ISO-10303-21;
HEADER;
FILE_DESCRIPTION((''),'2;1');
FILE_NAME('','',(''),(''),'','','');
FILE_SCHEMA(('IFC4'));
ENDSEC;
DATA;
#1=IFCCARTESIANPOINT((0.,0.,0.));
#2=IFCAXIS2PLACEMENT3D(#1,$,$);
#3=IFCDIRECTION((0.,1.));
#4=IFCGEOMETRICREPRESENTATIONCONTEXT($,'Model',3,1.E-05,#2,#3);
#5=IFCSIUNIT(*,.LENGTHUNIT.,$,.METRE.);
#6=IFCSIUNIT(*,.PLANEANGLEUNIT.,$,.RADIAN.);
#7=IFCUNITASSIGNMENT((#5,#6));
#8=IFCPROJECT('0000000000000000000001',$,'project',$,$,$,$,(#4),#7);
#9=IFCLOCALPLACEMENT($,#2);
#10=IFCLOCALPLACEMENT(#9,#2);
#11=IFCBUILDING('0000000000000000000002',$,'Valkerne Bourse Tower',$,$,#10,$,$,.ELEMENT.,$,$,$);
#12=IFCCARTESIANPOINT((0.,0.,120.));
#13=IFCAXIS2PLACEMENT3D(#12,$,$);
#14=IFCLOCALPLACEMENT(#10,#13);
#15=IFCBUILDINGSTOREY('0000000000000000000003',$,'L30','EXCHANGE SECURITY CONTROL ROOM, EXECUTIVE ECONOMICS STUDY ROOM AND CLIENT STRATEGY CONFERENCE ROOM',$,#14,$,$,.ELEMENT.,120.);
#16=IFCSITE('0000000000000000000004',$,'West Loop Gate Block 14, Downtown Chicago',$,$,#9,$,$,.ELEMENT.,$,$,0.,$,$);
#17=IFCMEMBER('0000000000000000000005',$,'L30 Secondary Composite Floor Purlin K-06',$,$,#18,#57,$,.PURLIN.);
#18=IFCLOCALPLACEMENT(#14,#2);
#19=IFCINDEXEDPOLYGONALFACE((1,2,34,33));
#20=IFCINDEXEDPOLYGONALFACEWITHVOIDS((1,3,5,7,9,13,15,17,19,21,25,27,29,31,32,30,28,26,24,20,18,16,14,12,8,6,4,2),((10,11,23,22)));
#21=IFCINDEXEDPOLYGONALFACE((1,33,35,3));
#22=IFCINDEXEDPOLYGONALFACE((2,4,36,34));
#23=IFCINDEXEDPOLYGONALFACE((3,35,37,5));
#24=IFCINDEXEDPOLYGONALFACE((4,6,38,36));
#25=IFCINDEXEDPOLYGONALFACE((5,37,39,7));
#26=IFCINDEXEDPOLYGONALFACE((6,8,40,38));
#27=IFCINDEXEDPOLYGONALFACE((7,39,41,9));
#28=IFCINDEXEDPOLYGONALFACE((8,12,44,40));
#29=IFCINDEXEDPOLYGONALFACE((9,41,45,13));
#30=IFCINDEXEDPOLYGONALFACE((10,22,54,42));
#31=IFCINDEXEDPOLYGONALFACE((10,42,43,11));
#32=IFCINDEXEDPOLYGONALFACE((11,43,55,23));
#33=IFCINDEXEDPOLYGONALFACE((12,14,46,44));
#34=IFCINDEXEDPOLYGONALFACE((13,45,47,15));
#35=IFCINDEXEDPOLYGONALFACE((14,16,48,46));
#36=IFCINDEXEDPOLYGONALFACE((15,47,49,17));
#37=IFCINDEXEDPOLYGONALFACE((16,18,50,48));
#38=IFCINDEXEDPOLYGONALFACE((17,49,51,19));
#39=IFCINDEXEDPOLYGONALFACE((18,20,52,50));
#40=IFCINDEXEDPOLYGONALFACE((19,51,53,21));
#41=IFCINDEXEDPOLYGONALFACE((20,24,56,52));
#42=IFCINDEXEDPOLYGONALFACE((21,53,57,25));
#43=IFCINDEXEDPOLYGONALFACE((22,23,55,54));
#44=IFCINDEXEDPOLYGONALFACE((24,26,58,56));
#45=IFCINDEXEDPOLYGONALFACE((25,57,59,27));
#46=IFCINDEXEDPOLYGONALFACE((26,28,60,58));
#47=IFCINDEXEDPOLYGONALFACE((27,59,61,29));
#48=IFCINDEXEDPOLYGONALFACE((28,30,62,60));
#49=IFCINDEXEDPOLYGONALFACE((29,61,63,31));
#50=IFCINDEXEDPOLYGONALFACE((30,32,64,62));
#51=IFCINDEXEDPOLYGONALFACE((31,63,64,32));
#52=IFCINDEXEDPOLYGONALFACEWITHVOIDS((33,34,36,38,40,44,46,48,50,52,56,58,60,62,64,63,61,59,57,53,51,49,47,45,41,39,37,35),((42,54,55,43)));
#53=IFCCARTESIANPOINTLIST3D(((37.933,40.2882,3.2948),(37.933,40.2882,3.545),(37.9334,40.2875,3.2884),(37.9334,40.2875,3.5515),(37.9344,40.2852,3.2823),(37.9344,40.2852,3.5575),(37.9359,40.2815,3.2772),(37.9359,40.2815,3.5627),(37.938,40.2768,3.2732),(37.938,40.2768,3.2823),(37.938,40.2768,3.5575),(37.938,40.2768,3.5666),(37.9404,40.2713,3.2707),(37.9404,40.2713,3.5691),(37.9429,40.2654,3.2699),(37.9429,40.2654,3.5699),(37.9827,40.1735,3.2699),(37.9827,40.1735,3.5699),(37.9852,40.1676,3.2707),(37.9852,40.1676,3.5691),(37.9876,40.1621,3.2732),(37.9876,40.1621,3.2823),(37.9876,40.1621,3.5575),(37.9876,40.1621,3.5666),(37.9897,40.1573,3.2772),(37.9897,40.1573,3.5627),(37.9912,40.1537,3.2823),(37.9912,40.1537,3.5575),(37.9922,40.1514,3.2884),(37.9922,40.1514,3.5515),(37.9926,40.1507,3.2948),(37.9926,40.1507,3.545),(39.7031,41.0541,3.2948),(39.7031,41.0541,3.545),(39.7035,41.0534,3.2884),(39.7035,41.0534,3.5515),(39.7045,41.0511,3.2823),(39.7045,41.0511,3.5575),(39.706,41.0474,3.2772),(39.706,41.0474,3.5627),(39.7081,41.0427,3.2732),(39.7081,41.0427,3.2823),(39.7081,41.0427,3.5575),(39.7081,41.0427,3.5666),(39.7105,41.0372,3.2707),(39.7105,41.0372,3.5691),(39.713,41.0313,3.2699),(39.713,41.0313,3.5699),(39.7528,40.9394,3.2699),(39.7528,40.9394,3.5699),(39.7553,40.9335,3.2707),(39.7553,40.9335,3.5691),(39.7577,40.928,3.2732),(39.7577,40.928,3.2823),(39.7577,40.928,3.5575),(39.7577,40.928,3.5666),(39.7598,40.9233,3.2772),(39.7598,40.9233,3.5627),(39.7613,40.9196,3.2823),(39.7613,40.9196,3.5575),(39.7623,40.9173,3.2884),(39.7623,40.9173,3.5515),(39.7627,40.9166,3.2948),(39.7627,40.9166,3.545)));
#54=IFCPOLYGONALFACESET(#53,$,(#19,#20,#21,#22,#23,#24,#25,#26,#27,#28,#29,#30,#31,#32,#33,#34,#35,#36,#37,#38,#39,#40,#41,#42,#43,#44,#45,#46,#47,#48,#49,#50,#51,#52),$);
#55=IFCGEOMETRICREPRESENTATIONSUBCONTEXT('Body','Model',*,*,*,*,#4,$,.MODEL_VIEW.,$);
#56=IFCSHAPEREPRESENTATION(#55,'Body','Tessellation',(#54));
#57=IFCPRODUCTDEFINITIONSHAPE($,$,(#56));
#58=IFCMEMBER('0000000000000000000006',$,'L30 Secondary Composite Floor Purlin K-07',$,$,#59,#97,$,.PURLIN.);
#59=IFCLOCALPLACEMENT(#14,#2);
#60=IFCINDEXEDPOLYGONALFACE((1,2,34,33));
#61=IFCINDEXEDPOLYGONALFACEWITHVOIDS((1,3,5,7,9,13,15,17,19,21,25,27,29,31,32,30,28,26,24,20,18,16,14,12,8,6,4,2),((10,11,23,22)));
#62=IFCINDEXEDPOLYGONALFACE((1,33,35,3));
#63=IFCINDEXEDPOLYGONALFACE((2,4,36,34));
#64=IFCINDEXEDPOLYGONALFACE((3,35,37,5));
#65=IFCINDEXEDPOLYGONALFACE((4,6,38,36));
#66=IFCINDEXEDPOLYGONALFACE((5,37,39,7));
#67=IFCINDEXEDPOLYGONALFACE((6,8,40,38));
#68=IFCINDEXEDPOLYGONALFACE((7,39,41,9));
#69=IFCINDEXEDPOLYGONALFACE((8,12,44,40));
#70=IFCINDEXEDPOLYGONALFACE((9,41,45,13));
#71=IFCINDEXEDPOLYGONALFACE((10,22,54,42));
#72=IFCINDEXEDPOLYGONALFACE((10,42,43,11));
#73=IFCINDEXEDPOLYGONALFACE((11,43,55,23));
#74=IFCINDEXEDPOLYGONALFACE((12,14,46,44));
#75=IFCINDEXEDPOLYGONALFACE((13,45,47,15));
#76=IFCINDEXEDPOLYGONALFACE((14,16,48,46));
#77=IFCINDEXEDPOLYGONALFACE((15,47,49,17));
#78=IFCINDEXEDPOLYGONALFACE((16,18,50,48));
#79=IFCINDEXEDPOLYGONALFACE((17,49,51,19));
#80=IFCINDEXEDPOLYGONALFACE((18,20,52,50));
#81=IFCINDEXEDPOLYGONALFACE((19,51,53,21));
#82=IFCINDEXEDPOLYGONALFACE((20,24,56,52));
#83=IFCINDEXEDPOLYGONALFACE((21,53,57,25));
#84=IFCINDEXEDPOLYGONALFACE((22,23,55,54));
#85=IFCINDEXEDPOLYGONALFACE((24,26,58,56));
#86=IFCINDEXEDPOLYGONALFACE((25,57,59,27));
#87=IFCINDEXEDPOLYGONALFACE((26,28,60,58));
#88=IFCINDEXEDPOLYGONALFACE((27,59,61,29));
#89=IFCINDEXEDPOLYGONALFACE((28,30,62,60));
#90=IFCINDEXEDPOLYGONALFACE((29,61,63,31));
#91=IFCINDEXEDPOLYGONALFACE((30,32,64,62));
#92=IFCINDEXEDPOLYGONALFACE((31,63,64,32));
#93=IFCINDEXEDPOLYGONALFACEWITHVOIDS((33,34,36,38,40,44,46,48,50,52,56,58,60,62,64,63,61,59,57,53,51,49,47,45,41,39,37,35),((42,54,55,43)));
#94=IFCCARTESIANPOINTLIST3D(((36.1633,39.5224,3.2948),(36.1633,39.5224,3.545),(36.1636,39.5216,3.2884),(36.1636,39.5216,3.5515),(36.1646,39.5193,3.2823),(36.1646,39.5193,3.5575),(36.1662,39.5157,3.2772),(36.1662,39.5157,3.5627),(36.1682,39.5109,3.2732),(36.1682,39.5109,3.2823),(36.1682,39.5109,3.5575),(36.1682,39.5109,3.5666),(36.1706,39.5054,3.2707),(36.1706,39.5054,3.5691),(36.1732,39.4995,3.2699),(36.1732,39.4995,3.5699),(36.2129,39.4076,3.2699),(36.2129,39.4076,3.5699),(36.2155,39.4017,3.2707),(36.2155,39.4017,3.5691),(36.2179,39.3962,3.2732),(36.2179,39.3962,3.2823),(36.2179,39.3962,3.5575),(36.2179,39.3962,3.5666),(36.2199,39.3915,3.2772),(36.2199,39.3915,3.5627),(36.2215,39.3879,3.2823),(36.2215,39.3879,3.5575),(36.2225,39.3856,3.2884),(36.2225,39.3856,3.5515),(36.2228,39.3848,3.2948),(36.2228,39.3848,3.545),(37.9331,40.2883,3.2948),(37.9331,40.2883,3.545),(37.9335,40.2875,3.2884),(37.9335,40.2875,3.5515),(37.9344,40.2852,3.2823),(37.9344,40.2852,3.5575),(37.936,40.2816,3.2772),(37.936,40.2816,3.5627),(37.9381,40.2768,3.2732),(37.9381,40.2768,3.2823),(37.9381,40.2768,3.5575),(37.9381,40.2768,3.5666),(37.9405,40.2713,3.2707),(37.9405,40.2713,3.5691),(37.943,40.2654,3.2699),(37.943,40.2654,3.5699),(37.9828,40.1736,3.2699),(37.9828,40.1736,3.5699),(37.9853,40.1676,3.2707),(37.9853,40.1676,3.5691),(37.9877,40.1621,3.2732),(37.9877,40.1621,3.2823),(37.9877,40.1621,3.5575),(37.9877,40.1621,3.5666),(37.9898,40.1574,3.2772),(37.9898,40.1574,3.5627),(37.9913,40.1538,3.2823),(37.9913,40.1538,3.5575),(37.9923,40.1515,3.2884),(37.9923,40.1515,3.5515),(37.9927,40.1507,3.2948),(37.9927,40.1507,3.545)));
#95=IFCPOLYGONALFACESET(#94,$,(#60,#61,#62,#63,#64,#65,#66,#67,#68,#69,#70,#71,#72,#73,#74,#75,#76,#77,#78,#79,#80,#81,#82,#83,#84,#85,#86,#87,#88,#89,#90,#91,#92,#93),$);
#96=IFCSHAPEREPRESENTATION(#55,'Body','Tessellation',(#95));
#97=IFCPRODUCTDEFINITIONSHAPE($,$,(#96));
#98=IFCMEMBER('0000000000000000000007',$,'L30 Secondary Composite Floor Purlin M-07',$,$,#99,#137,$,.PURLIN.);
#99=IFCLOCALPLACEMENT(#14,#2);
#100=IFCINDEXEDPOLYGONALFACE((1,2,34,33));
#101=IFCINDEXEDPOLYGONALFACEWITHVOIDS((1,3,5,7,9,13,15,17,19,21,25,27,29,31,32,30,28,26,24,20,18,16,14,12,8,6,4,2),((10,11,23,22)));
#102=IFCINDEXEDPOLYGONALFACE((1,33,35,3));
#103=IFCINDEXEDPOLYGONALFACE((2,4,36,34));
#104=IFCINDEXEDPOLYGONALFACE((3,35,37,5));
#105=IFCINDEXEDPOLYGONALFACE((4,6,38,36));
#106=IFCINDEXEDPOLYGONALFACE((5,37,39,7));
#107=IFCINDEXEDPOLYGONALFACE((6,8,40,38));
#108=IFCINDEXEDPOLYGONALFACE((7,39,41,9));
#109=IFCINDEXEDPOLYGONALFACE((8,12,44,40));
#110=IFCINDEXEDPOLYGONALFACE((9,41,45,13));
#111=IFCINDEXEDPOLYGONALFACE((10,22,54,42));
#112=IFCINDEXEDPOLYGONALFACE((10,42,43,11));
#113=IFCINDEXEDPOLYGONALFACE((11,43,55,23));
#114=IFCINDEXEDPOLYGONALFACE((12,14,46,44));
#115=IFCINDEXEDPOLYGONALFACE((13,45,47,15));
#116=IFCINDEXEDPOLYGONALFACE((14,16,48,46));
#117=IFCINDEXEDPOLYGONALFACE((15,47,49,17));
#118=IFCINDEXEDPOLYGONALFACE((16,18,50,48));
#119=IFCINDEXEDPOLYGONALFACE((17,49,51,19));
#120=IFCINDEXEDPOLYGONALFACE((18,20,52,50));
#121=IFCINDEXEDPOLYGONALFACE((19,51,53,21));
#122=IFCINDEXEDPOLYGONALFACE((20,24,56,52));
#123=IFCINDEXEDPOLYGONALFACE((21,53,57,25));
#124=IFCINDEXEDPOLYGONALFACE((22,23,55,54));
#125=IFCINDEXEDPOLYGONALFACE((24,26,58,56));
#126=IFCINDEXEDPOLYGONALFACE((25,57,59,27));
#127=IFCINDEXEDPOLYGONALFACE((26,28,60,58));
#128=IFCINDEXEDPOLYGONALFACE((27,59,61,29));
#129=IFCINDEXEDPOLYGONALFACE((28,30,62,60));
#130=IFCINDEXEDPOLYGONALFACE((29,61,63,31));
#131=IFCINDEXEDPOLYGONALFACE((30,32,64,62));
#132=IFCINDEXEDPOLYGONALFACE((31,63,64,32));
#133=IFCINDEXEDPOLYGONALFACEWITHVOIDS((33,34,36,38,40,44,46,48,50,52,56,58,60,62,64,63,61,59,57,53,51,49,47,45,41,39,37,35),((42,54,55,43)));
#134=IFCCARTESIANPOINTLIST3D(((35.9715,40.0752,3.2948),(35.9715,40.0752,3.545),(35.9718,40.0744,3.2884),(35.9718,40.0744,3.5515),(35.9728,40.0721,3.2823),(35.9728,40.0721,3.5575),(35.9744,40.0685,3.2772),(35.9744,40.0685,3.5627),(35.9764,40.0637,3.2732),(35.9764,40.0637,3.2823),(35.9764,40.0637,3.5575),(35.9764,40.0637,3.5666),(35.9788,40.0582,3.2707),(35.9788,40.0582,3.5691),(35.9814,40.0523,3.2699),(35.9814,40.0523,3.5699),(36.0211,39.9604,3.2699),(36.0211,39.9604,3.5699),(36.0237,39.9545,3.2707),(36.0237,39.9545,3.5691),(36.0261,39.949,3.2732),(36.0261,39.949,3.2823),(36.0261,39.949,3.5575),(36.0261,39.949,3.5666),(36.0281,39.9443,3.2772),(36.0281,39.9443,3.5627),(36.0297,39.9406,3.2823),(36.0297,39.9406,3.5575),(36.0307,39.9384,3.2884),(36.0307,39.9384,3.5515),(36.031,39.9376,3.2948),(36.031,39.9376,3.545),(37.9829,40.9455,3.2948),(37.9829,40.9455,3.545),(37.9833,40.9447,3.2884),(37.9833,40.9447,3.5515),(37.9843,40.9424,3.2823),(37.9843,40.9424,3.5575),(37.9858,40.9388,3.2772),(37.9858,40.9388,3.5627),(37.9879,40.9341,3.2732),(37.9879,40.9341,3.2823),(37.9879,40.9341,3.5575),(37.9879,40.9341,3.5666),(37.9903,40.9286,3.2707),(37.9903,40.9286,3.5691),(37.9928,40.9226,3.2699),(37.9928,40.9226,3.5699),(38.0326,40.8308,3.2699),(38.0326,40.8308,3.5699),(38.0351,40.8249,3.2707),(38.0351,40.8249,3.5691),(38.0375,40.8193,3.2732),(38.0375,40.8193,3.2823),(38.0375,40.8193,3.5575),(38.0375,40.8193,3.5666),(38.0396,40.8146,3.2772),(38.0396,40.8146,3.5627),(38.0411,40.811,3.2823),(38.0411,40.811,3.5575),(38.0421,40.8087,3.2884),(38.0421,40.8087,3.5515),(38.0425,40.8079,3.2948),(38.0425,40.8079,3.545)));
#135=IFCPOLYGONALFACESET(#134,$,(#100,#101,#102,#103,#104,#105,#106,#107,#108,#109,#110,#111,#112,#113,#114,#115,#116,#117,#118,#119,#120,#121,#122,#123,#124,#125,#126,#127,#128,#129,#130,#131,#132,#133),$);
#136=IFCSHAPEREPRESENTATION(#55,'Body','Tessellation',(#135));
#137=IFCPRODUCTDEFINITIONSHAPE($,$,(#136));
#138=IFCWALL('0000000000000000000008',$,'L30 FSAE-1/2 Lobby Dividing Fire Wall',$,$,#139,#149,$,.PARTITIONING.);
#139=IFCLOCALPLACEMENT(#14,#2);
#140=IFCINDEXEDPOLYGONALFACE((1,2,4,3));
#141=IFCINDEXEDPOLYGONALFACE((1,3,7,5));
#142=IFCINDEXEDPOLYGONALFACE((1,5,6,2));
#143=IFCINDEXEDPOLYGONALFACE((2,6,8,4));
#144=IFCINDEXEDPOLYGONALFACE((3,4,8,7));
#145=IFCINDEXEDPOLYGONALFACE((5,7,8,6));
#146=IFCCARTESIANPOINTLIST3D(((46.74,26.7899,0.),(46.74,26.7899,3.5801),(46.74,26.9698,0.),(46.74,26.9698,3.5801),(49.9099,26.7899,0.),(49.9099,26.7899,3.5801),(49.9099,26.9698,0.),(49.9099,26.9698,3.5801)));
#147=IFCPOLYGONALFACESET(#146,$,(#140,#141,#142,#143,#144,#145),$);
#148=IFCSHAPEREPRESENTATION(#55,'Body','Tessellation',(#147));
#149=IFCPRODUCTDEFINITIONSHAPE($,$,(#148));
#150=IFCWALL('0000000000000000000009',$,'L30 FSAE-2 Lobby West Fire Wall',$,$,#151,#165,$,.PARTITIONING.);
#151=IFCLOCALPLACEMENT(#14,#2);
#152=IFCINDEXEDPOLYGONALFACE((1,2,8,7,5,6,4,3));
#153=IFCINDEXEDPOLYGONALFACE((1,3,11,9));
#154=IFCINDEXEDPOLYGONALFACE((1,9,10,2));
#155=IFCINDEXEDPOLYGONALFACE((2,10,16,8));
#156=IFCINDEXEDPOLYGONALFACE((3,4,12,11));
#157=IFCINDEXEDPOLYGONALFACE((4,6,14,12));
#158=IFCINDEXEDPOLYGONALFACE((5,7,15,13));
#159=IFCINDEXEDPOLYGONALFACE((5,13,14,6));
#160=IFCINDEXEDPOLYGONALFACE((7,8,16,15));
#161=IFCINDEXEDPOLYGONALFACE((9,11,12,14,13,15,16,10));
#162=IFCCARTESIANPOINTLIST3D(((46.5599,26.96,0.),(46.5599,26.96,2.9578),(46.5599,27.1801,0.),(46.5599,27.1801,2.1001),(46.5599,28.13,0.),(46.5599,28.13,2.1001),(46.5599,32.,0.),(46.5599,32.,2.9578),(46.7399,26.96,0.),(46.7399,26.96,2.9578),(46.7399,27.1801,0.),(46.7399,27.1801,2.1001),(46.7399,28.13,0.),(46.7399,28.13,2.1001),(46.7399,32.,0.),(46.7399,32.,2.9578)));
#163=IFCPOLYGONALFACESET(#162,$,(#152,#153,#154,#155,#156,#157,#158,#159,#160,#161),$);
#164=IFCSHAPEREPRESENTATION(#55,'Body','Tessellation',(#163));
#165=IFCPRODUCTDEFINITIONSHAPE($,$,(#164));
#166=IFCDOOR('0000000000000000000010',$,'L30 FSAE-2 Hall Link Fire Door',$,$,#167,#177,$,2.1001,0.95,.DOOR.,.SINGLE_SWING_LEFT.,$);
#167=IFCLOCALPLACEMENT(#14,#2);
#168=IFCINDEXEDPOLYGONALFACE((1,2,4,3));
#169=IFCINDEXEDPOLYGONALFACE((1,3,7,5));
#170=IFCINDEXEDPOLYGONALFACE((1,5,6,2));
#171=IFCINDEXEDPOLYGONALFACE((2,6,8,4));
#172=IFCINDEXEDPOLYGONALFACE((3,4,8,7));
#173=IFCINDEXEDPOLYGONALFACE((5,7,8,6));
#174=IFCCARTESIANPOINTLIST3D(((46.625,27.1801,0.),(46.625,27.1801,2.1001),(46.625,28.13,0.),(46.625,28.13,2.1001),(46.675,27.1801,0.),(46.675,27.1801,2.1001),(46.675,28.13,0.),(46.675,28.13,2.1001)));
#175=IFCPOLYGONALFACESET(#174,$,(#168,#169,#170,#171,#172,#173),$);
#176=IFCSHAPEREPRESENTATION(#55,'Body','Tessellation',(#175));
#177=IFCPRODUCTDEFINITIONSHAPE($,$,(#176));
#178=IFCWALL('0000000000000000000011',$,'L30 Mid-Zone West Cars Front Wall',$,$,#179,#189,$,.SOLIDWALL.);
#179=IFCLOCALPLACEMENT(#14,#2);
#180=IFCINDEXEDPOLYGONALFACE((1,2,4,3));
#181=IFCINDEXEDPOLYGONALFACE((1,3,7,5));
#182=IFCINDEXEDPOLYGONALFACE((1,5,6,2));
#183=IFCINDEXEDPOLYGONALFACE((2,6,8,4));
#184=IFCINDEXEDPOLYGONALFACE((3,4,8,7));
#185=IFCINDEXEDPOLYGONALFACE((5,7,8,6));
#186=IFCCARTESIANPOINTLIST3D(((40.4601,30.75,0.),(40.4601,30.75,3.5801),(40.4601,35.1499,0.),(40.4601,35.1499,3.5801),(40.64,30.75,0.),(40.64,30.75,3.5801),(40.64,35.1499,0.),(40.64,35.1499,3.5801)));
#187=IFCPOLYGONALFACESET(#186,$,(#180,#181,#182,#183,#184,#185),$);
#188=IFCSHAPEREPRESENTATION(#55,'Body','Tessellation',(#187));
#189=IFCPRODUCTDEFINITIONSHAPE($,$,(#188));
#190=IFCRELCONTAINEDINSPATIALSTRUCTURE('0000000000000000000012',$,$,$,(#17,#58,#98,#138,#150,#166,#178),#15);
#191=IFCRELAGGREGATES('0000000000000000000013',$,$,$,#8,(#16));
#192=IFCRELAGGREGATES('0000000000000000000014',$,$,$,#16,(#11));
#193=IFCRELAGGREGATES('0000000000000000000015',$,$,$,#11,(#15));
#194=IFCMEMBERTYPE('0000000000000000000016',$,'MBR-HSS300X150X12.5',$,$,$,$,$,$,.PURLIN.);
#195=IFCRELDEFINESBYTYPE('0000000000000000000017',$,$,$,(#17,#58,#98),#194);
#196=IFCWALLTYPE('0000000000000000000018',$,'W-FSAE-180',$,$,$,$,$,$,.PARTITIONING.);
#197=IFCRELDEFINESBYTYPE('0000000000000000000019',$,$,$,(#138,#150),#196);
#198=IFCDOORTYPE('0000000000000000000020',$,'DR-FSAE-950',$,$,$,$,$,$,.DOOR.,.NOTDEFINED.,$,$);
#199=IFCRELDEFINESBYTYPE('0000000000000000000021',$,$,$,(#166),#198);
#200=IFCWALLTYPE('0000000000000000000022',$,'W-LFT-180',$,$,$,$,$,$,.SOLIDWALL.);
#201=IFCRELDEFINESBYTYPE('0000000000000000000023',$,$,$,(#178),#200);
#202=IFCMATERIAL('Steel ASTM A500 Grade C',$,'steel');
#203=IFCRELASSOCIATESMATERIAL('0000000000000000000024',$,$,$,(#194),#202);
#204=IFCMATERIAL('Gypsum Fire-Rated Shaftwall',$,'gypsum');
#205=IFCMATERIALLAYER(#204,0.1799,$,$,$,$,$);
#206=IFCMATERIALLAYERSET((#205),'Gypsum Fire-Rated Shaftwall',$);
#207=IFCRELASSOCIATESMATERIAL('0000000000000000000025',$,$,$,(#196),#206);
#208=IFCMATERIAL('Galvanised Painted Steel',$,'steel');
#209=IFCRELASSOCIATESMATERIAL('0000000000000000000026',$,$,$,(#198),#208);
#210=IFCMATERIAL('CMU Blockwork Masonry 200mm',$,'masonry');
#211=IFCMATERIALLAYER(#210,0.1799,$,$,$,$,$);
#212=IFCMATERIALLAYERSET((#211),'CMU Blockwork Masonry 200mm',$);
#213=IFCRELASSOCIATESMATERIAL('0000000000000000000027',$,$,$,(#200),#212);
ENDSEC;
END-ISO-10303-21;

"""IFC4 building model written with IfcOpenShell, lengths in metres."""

from ifc_helpers import new_model, si_unit, direction, frame, frame_2d, origin, origin_2d, place, context, subcontext, project, spatial, rectangle, hollow_rectangle, extrude, material, layer, layer_set, material_profile, profile_set, type_object, element, fill, save


model = new_model("IFC4")

# Units and contexts
model_context = context("Model", 3, precision=1e-05, world=origin(), true_north=direction((0.0, 1.0)))
body_context = subcontext(model_context, "Body", "Model", "MODEL_VIEW")
ifc_project = project(units=[si_unit("LENGTHUNIT", "METRE"), si_unit("PLANEANGLEUNIT", "RADIAN")], contexts=[model_context])

# Site, building, storey
site_placement = place(None, origin())
site = spatial("IfcSite", under=ifc_project, at=site_placement, Name="West Loop Gate Block 14, Downtown Chicago", CompositionType="ELEMENT", RefElevation=0.0)
building_placement = place(site_placement, origin())
building = spatial("IfcBuilding", under=site, at=building_placement, Name="Valkerne Bourse Tower", CompositionType="ELEMENT")
storey_placement = place(building_placement, frame((0.0, 0.0, 120.0)))
storey = spatial("IfcBuildingStorey", under=building, at=storey_placement, Name="L30", Description="EXCHANGE SECURITY CONTROL ROOM, EXECUTIVE ECONOMICS STUDY ROOM AND CLIENT STRATEGY CONFERENCE ROOM", CompositionType="ELEMENT", Elevation=120.0)

# Members
ifc_material_1 = material(Name="Steel ASTM A500 Grade C", Category="steel")
ifc_material_profile_1 = material_profile(ifc_material_1, hollow_rectangle(XDim=0.1499, YDim=0.3, WallThickness=0.0125, OuterFilletRadius=0.0249, at=origin_2d()), Name="HSS300X150X12.5")
ifc_profile_set_1 = profile_set([ifc_material_profile_1], Name="Steel ASTM A500 Grade C")
member_type = type_object("IfcMemberType", Name="MBR-HSS300X150X12.5", PredefinedType="PURLIN", material=ifc_profile_set_1)
member_1_placement = place(storey_placement, frame((39.7329, 40.9854, 3.4199), z_axis=(-0.917771, -0.39711, 0.0), x_axis=(0.39711, -0.917771, 0.0)))
element("IfcMember", 1, at=member_1_placement, inside=storey, type_object=member_type, Name="L30 Secondary Composite Floor Purlin K-06", PredefinedType="PURLIN", context=body_context, shape_type="SweptSolid", body=[
    extrude(hollow_rectangle(XDim=0.1499, YDim=0.3, WallThickness=0.0125, OuterFilletRadius=0.0249, at=origin_2d()), origin(), (0.0, 0.0, 1.0), 1.9287),
])
member_2_placement = place(storey_placement, frame((37.9629, 40.2195, 3.4199), z_axis=(-0.917751, -0.397156, 0.0), x_axis=(0.397156, -0.917751, 0.0)))
element("IfcMember", 2, at=member_2_placement, inside=storey, type_object=member_type, Name="L30 Secondary Composite Floor Purlin K-07", PredefinedType="PURLIN", context=body_context, shape_type="SweptSolid", body=[
    extrude(hollow_rectangle(XDim=0.1499, YDim=0.3, WallThickness=0.0125, OuterFilletRadius=0.0249, at=origin_2d()), origin(), (0.0, 0.0, 1.0), 1.9285),
])
member_3_placement = place(storey_placement, frame((38.0127, 40.8767, 3.4199), z_axis=(-0.917768, -0.397117, 0.0), x_axis=(0.397117, -0.917768, 0.0)))
element("IfcMember", 3, at=member_3_placement, inside=storey, type_object=member_type, Name="L30 Secondary Composite Floor Purlin M-07", PredefinedType="PURLIN", context=body_context, shape_type="SweptSolid", body=[
    extrude(hollow_rectangle(XDim=0.1499, YDim=0.3, WallThickness=0.0125, OuterFilletRadius=0.0249, at=origin_2d()), origin(), (0.0, 0.0, 1.0), 2.1917),
])

# Wall
ifc_material_2 = material(Name="Gypsum Fire-Rated Shaftwall", Category="gypsum")
ifc_layer_1 = layer(ifc_material_2, 0.1799)
ifc_layer_set_1 = layer_set([ifc_layer_1], Name="Gypsum Fire-Rated Shaftwall")
wall_type_1 = type_object("IfcWallType", Name="W-FSAE-180", PredefinedType="PARTITIONING", material=ifc_layer_set_1)
wall_1_placement = place(storey_placement, frame((46.74, 26.8799, 0.0), z_axis=(0.0, 0.0, 1.0), x_axis=(1.0, 0.0, 0.0)))
element("IfcWall", 4, at=wall_1_placement, inside=storey, type_object=wall_type_1, Name="L30 FSAE-1/2 Lobby Dividing Fire Wall", PredefinedType="PARTITIONING", context=body_context, shape_type="SweptSolid", body=[
    extrude(rectangle(XDim=3.1699, YDim=0.1799, at=frame_2d((1.585, 0.0))), origin(), (0.0, 0.0, 1.0), 3.5801),
])

# Wall, opening, door
wall_2_placement = place(storey_placement, frame((46.6499, 26.96, 0.0), z_axis=(0.0, 0.0, 1.0), x_axis=(0.0, 1.0, 0.0)))
wall_2 = element("IfcWall", 5, at=wall_2_placement, inside=storey, type_object=wall_type_1, Name="L30 FSAE-2 Lobby West Fire Wall", PredefinedType="PARTITIONING", context=body_context, shape_type="SweptSolid", body=[
    extrude(rectangle(XDim=5.04, YDim=0.1799, at=frame_2d((2.52, 0.0))), origin(), (0.0, 0.0, 1.0), 2.9578),
])
opening_1_placement = place(wall_2_placement, frame((0.22, 0.0, 0.0)))
opening_1 = element("IfcOpeningElement", 6, at=opening_1_placement, cuts=wall_2, PredefinedType="OPENING", context=body_context, shape_type="SweptSolid", body=[
    extrude(rectangle(XDim=0.95, YDim=2.1001, at=frame_2d((0.4751, 1.05))), frame((0.0, 0.0999, 0.0), z_axis=(0.0, -1.0, 0.0), x_axis=(1.0, 0.0, 0.0)), (0.0, 0.0, 1.0), 0.2),
])
ifc_material_3 = material(Name="Galvanised Painted Steel", Category="steel")
door_type_1 = type_object("IfcDoorType", Name="DR-FSAE-950", OperationType="NOTDEFINED", PredefinedType="DOOR", material=ifc_material_3)
door_1_placement = place(opening_1_placement, origin())
door_1 = element("IfcDoor", 7, at=door_1_placement, inside=storey, type_object=door_type_1, Name="L30 FSAE-2 Hall Link Fire Door", OperationType="SINGLE_SWING_LEFT", OverallHeight=2.1001, OverallWidth=0.95, PredefinedType="DOOR", context=body_context, shape_type="SweptSolid", body=[
    extrude(rectangle(XDim=0.95, YDim=2.1001, at=frame_2d((0.4751, 1.05))), frame((0.0, 0.0249, 0.0), z_axis=(0.0, -1.0, 0.0), x_axis=(1.0, 0.0, 0.0)), (0.0, 0.0, 1.0), 0.05),
])
fill(opening_1, door_1)

# Wall
ifc_material_4 = material(Name="CMU Blockwork Masonry 200mm", Category="masonry")
ifc_layer_2 = layer(ifc_material_4, 0.1799)
ifc_layer_set_2 = layer_set([ifc_layer_2], Name="CMU Blockwork Masonry 200mm")
wall_type_2 = type_object("IfcWallType", Name="W-LFT-180", PredefinedType="SOLIDWALL", material=ifc_layer_set_2)
for number, where, z_axis, x_axis, name in (
    (8, (40.55, 30.75, 0.0), (0.0, 0.0, 1.0), (0.0, 1.0, 0.0), "L30 Mid-Zone West Cars Front Wall"),
):
    element("IfcWall", number, at=place(storey_placement, frame(where, z_axis=z_axis, x_axis=x_axis)), inside=storey, type_object=wall_type_2, Name=name, PredefinedType="SOLIDWALL", context=body_context, shape_type="SweptSolid", body=[
        extrude(rectangle(XDim=4.3999, YDim=0.1799, at=frame_2d((2.2, 0.0))), origin(), (0.0, 0.0, 1.0), 3.5801),
    ])

save(model, "model.ifc")
